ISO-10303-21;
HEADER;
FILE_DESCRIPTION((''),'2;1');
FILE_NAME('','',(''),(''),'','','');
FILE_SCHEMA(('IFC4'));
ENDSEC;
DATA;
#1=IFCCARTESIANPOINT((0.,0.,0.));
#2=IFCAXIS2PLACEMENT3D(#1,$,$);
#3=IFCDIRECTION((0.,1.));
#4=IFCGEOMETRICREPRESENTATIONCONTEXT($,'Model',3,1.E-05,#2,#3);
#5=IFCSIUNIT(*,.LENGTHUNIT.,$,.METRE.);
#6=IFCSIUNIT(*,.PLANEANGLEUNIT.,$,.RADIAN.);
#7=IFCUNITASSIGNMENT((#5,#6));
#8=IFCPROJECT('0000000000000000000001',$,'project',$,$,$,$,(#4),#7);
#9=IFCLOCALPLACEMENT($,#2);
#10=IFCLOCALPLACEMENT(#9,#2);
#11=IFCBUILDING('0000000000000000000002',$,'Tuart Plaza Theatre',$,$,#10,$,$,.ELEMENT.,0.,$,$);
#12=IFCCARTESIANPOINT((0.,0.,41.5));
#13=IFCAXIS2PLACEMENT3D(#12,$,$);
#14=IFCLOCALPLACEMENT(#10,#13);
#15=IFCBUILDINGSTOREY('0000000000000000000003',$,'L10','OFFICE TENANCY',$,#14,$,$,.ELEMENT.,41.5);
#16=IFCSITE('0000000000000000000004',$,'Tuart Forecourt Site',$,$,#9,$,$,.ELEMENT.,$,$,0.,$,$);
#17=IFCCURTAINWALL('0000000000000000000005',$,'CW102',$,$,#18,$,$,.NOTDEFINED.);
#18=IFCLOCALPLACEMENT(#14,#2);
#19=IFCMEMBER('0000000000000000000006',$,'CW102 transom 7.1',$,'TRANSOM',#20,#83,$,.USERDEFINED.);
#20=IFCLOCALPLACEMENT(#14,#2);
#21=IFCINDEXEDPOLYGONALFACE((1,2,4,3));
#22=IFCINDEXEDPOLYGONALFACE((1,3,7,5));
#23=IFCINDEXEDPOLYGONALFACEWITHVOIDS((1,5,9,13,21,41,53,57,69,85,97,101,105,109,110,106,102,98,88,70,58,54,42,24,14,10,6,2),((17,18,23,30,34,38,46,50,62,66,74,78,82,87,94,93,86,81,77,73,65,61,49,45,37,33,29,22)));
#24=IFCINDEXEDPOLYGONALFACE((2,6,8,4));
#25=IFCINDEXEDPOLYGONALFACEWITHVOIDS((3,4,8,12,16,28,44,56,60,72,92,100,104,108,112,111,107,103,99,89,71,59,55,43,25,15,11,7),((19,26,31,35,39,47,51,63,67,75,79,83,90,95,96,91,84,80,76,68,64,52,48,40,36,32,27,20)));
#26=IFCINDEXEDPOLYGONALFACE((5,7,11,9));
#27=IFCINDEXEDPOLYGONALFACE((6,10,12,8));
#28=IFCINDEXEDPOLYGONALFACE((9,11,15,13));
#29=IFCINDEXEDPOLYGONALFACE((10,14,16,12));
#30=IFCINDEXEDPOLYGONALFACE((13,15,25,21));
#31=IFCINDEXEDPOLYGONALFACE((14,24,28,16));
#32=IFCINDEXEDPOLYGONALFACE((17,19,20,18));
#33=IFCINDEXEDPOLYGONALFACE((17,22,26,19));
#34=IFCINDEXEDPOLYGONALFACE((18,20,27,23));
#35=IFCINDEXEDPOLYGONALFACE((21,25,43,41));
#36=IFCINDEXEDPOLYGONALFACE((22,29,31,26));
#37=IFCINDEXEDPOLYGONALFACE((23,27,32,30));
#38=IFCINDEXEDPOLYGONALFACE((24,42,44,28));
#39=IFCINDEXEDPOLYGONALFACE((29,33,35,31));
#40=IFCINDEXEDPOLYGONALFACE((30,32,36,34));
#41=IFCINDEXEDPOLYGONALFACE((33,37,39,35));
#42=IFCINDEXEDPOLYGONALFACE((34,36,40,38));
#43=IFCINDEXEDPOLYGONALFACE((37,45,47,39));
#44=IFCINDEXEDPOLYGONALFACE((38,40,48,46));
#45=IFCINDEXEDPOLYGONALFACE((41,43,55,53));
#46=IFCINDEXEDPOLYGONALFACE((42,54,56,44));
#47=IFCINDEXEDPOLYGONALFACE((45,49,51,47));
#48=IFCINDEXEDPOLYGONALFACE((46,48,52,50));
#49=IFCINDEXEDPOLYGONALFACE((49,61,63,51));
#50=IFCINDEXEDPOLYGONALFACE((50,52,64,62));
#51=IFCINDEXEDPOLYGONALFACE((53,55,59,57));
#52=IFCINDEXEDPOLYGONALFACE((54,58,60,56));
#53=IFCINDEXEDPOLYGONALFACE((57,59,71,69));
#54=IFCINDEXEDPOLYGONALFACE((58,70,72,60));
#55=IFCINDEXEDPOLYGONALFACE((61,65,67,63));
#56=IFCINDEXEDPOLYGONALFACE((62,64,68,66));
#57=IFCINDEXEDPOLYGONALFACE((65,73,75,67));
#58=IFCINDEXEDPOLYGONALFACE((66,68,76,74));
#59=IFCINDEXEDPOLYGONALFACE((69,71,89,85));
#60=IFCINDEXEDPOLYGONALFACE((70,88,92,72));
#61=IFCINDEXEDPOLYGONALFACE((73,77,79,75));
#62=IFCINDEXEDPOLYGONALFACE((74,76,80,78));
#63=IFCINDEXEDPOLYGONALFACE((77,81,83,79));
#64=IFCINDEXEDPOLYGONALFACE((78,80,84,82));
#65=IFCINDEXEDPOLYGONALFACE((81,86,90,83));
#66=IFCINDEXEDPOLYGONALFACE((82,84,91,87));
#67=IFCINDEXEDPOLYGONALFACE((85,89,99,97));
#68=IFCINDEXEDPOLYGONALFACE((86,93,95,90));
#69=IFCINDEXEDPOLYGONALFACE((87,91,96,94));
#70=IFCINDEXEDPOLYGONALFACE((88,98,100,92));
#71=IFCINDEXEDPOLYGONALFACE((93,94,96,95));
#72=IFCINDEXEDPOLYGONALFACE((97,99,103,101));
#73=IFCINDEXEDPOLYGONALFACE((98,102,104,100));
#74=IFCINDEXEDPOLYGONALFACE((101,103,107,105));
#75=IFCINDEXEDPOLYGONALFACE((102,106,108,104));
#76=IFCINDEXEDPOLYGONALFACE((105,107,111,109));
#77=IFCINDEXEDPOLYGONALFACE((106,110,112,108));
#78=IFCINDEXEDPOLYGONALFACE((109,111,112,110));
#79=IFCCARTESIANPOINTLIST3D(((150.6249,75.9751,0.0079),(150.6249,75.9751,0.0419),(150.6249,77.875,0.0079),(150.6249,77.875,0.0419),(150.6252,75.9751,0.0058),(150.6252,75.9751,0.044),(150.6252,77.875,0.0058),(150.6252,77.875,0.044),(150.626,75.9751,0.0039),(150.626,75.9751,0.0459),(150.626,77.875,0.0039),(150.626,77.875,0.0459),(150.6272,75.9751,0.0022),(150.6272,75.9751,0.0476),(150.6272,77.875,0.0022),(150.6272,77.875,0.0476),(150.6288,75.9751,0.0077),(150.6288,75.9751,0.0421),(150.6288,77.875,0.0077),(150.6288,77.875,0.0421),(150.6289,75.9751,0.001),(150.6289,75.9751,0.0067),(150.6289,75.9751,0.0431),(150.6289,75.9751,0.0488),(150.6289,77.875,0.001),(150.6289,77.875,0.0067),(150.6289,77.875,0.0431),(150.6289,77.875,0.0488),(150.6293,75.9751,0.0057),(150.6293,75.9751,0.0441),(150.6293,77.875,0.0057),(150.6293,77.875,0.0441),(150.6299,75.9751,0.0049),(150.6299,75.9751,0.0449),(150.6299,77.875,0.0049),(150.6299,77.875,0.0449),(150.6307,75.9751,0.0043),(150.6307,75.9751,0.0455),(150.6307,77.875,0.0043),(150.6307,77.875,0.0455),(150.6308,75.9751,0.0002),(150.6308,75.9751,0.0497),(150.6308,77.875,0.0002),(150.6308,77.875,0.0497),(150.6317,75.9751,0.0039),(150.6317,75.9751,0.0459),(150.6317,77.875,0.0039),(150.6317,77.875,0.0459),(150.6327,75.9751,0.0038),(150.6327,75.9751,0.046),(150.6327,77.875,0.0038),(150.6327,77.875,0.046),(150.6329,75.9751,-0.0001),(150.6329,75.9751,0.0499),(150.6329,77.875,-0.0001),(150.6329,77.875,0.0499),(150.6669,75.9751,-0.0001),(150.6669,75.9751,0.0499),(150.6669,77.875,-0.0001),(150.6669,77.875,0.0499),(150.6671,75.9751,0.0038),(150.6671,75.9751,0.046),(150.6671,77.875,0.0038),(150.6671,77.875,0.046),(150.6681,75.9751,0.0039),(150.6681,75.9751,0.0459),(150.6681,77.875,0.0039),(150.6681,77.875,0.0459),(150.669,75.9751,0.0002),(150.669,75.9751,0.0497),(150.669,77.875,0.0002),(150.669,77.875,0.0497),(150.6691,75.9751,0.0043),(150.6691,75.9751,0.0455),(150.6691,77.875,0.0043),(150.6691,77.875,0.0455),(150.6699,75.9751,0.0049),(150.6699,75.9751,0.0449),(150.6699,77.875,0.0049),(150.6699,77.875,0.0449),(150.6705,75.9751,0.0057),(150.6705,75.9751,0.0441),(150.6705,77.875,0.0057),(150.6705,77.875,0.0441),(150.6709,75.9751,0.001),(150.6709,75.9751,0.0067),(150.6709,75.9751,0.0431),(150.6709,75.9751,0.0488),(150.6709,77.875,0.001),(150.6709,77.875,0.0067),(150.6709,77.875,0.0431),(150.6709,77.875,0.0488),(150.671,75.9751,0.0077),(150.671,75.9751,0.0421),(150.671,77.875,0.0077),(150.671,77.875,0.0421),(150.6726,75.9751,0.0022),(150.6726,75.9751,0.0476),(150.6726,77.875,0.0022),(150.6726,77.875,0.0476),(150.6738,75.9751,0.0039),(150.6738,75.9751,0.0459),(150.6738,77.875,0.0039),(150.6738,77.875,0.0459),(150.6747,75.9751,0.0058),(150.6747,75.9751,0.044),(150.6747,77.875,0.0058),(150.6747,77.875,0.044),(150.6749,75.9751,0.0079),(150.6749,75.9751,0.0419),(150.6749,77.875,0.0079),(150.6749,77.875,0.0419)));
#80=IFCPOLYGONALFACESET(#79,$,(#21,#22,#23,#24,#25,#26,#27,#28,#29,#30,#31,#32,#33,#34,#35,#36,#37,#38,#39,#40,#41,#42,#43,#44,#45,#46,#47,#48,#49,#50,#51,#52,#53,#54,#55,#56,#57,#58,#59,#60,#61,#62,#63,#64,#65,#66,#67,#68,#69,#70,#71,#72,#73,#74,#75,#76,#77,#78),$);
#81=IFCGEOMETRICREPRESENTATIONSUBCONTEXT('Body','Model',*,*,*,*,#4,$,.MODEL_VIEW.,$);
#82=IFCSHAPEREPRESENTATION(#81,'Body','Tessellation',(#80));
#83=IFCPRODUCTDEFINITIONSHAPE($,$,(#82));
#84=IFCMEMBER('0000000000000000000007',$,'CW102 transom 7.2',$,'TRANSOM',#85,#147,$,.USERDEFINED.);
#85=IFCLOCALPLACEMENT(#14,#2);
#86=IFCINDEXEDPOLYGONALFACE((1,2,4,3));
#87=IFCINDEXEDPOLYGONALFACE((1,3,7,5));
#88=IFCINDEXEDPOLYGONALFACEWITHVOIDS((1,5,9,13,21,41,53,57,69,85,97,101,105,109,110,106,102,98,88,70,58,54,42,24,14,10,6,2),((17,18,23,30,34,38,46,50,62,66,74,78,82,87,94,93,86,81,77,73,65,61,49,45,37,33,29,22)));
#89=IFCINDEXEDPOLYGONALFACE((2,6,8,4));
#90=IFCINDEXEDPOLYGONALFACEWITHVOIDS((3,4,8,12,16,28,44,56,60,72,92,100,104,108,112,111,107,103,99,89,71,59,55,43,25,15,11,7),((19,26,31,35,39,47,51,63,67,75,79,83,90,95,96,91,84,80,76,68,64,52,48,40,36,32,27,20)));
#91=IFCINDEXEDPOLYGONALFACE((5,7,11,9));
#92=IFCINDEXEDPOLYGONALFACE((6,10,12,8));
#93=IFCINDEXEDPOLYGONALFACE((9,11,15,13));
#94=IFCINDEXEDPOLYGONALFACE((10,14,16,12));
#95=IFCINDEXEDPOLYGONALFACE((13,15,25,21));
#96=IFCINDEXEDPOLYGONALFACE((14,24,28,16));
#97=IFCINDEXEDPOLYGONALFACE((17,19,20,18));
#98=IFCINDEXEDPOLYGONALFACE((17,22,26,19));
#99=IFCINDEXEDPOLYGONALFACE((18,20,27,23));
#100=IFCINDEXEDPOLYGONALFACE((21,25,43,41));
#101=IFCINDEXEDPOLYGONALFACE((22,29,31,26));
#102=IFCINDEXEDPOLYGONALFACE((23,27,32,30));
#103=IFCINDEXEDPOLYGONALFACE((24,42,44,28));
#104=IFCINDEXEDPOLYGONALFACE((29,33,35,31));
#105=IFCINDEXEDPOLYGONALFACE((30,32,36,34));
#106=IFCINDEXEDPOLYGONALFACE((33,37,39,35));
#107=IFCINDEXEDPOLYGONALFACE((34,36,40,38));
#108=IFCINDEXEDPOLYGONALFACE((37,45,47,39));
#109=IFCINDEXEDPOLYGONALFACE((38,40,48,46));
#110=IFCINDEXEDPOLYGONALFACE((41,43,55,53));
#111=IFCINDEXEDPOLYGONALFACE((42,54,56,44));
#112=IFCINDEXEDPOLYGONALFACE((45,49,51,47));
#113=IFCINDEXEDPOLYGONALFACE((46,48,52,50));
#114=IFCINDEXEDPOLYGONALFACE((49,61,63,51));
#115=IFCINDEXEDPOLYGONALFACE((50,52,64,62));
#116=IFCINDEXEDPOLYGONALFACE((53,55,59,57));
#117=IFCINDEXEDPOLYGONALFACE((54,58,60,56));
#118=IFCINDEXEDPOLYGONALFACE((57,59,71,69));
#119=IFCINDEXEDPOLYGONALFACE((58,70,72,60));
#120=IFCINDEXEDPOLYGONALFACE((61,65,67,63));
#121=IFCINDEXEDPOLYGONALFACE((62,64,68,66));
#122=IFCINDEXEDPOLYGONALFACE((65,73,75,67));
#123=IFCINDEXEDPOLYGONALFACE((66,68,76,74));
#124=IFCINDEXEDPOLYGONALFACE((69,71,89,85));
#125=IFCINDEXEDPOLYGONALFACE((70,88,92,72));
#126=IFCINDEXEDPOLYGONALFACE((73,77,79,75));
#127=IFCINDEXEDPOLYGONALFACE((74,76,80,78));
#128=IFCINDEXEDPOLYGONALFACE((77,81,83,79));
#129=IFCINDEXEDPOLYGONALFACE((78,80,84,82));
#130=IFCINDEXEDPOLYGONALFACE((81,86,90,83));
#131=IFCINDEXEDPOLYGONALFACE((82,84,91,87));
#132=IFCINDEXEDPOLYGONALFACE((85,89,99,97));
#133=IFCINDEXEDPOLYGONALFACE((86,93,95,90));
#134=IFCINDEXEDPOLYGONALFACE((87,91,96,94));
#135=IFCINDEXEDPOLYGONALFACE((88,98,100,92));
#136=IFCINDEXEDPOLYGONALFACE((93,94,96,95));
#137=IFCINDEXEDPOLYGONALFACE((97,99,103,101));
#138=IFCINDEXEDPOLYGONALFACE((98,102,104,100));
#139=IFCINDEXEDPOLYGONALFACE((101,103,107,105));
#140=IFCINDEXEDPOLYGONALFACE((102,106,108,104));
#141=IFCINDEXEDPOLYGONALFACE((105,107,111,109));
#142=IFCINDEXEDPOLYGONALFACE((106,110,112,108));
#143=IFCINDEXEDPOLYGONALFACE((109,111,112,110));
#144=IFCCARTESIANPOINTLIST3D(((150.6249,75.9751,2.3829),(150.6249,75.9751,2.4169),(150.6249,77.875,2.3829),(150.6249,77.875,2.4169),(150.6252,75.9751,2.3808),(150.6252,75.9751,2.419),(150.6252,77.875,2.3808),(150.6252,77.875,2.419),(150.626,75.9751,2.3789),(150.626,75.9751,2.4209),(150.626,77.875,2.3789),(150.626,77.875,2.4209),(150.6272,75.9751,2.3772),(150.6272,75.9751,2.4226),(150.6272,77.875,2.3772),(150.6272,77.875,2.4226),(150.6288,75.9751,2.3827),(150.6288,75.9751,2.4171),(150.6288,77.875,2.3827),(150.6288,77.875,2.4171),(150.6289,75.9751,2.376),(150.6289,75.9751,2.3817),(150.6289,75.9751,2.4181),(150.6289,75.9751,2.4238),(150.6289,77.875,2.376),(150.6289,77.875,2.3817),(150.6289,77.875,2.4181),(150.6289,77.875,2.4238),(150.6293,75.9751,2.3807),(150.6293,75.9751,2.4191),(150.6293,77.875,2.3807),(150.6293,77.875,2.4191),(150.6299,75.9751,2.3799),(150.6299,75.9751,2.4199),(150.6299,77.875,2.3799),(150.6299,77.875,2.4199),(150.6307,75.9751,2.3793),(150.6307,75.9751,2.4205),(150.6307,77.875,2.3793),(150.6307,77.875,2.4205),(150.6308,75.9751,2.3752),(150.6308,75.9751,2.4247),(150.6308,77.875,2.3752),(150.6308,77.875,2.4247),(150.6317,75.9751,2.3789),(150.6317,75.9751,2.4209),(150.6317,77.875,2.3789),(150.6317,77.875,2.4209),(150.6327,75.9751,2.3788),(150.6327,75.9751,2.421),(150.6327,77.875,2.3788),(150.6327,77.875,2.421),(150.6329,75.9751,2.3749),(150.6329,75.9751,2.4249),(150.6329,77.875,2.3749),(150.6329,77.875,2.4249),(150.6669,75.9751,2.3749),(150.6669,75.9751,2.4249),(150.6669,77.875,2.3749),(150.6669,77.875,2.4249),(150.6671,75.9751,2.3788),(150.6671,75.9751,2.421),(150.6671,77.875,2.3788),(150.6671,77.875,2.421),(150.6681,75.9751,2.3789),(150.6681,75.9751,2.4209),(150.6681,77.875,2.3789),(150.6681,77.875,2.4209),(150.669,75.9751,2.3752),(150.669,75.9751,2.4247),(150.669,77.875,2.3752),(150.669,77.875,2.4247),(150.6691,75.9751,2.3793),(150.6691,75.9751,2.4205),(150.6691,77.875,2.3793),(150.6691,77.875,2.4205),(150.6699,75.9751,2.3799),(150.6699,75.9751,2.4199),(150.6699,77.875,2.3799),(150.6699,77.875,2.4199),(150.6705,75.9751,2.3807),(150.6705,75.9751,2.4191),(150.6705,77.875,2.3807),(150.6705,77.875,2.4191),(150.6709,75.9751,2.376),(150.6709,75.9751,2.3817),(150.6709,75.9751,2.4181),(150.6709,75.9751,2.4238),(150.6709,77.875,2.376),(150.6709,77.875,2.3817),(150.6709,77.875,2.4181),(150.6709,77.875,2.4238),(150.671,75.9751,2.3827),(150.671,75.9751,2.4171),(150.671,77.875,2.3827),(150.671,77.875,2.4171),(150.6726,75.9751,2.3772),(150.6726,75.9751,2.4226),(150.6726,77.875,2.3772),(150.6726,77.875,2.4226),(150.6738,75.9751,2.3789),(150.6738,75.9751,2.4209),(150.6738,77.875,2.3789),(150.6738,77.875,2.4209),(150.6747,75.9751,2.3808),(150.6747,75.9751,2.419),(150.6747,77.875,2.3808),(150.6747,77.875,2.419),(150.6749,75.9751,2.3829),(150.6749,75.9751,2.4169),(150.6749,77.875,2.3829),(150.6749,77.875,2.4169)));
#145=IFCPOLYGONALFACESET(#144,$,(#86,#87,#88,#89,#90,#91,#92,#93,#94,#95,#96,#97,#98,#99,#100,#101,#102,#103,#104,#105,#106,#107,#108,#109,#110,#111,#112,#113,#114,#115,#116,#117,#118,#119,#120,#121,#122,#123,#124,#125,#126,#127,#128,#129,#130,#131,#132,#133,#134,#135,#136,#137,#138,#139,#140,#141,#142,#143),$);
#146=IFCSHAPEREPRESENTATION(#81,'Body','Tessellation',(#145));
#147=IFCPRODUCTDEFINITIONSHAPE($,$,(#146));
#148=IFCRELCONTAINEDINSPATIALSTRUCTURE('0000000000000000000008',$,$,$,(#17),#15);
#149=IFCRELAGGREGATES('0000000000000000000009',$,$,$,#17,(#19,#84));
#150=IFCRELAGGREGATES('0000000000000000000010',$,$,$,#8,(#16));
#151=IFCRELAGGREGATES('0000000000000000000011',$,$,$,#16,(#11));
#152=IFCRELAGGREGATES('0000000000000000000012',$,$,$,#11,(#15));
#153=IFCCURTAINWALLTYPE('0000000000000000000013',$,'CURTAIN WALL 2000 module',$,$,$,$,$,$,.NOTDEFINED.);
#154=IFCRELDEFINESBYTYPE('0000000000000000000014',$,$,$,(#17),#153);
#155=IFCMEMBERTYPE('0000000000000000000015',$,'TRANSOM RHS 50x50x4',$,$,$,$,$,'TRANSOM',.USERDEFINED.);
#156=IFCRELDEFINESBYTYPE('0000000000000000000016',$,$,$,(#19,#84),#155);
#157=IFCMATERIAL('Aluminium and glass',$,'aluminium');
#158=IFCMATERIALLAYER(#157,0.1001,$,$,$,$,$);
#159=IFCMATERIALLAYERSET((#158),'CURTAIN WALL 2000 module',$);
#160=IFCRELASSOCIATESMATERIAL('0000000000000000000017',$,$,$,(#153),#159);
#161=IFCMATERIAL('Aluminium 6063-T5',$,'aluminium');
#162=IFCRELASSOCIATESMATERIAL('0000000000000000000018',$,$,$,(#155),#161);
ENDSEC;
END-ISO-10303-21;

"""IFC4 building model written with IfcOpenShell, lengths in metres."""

from ifc_helpers import new_model, si_unit, direction, frame, origin, origin_2d, place, context, subcontext, project, spatial, hollow_rectangle, extrude, material, layer, layer_set, material_profile, profile_set, type_object, element, aggregate, save


model = new_model("IFC4")

# Units and contexts
model_context = context("Model", 3, precision=1e-05, world=origin(), true_north=direction((0.0, 1.0)))
body_context = subcontext(model_context, "Body", "Model", "MODEL_VIEW")
ifc_project = project(units=[si_unit("LENGTHUNIT", "METRE"), si_unit("PLANEANGLEUNIT", "RADIAN")], contexts=[model_context])

# Site, building, storey
site_placement = place(None, origin())
site = spatial("IfcSite", under=ifc_project, at=site_placement, Name="Tuart Forecourt Site", CompositionType="ELEMENT", RefElevation=0.0)
building_placement = place(site_placement, origin())
building = spatial("IfcBuilding", under=site, at=building_placement, Name="Tuart Plaza Theatre", CompositionType="ELEMENT", ElevationOfRefHeight=0.0)
storey_placement = place(building_placement, frame((0.0, 0.0, 41.5)))
storey = spatial("IfcBuildingStorey", under=building, at=storey_placement, Name="L10", Description="OFFICE TENANCY", CompositionType="ELEMENT", Elevation=41.5)

# Curtain wall, members
ifc_material_1 = material(Name="Aluminium and glass", Category="aluminium")
ifc_layer_1 = layer(ifc_material_1, 0.1001)
ifc_layer_set_1 = layer_set([ifc_layer_1], Name="CURTAIN WALL 2000 module")
curtain_wall_type = type_object("IfcCurtainWallType", Name="CURTAIN WALL 2000 module", PredefinedType="NOTDEFINED", material=ifc_layer_set_1)
curtain_wall_placement = place(storey_placement, origin())
curtain_wall = element("IfcCurtainWall", 1, at=curtain_wall_placement, inside=storey, type_object=curtain_wall_type, Name="CW102", PredefinedType="NOTDEFINED")
ifc_material_2 = material(Name="Aluminium 6063-T5", Category="aluminium")
ifc_material_profile_1 = material_profile(ifc_material_2, hollow_rectangle(XDim=0.05, YDim=0.05, WallThickness=0.0039, InnerFilletRadius=0.0039, OuterFilletRadius=0.0081, at=origin_2d()), Name="RHS 50x50x4")
ifc_profile_set_1 = profile_set([ifc_material_profile_1], Name="Aluminium 6063-T5")
member_type_1 = type_object("IfcMemberType", Name="TRANSOM RHS 50x50x4", ElementType="TRANSOM", PredefinedType="USERDEFINED", material=ifc_profile_set_1)
member_1_placement = place(storey_placement, frame((150.6499, 75.9751, 0.0249), z_axis=(0.0, 1.0, 0.0), x_axis=(-1.0, 0.0, 0.0)))
member_1 = element("IfcMember", 2, at=member_1_placement, type_object=member_type_1, Name="CW102 transom 7.1", ObjectType="TRANSOM", PredefinedType="USERDEFINED", context=body_context, shape_type="SweptSolid", body=[
    extrude(hollow_rectangle(XDim=0.05, YDim=0.05, WallThickness=0.0039, InnerFilletRadius=0.0039, OuterFilletRadius=0.0081, at=origin_2d()), origin(), (0.0, 0.0, 1.0), 1.8999),
])
member_2_placement = place(storey_placement, frame((150.6499, 75.9751, 2.3999), z_axis=(0.0, 1.0, 0.0), x_axis=(-1.0, 0.0, 0.0)))
member_2 = element("IfcMember", 3, at=member_2_placement, type_object=member_type_1, Name="CW102 transom 7.2", ObjectType="TRANSOM", PredefinedType="USERDEFINED", context=body_context, shape_type="SweptSolid", body=[
    extrude(hollow_rectangle(XDim=0.05, YDim=0.05, WallThickness=0.0039, InnerFilletRadius=0.0039, OuterFilletRadius=0.0081, at=origin_2d()), origin(), (0.0, 0.0, 1.0), 1.8999),
])
aggregate(curtain_wall, [member_1, member_2])

save(model, "model.ifc")
